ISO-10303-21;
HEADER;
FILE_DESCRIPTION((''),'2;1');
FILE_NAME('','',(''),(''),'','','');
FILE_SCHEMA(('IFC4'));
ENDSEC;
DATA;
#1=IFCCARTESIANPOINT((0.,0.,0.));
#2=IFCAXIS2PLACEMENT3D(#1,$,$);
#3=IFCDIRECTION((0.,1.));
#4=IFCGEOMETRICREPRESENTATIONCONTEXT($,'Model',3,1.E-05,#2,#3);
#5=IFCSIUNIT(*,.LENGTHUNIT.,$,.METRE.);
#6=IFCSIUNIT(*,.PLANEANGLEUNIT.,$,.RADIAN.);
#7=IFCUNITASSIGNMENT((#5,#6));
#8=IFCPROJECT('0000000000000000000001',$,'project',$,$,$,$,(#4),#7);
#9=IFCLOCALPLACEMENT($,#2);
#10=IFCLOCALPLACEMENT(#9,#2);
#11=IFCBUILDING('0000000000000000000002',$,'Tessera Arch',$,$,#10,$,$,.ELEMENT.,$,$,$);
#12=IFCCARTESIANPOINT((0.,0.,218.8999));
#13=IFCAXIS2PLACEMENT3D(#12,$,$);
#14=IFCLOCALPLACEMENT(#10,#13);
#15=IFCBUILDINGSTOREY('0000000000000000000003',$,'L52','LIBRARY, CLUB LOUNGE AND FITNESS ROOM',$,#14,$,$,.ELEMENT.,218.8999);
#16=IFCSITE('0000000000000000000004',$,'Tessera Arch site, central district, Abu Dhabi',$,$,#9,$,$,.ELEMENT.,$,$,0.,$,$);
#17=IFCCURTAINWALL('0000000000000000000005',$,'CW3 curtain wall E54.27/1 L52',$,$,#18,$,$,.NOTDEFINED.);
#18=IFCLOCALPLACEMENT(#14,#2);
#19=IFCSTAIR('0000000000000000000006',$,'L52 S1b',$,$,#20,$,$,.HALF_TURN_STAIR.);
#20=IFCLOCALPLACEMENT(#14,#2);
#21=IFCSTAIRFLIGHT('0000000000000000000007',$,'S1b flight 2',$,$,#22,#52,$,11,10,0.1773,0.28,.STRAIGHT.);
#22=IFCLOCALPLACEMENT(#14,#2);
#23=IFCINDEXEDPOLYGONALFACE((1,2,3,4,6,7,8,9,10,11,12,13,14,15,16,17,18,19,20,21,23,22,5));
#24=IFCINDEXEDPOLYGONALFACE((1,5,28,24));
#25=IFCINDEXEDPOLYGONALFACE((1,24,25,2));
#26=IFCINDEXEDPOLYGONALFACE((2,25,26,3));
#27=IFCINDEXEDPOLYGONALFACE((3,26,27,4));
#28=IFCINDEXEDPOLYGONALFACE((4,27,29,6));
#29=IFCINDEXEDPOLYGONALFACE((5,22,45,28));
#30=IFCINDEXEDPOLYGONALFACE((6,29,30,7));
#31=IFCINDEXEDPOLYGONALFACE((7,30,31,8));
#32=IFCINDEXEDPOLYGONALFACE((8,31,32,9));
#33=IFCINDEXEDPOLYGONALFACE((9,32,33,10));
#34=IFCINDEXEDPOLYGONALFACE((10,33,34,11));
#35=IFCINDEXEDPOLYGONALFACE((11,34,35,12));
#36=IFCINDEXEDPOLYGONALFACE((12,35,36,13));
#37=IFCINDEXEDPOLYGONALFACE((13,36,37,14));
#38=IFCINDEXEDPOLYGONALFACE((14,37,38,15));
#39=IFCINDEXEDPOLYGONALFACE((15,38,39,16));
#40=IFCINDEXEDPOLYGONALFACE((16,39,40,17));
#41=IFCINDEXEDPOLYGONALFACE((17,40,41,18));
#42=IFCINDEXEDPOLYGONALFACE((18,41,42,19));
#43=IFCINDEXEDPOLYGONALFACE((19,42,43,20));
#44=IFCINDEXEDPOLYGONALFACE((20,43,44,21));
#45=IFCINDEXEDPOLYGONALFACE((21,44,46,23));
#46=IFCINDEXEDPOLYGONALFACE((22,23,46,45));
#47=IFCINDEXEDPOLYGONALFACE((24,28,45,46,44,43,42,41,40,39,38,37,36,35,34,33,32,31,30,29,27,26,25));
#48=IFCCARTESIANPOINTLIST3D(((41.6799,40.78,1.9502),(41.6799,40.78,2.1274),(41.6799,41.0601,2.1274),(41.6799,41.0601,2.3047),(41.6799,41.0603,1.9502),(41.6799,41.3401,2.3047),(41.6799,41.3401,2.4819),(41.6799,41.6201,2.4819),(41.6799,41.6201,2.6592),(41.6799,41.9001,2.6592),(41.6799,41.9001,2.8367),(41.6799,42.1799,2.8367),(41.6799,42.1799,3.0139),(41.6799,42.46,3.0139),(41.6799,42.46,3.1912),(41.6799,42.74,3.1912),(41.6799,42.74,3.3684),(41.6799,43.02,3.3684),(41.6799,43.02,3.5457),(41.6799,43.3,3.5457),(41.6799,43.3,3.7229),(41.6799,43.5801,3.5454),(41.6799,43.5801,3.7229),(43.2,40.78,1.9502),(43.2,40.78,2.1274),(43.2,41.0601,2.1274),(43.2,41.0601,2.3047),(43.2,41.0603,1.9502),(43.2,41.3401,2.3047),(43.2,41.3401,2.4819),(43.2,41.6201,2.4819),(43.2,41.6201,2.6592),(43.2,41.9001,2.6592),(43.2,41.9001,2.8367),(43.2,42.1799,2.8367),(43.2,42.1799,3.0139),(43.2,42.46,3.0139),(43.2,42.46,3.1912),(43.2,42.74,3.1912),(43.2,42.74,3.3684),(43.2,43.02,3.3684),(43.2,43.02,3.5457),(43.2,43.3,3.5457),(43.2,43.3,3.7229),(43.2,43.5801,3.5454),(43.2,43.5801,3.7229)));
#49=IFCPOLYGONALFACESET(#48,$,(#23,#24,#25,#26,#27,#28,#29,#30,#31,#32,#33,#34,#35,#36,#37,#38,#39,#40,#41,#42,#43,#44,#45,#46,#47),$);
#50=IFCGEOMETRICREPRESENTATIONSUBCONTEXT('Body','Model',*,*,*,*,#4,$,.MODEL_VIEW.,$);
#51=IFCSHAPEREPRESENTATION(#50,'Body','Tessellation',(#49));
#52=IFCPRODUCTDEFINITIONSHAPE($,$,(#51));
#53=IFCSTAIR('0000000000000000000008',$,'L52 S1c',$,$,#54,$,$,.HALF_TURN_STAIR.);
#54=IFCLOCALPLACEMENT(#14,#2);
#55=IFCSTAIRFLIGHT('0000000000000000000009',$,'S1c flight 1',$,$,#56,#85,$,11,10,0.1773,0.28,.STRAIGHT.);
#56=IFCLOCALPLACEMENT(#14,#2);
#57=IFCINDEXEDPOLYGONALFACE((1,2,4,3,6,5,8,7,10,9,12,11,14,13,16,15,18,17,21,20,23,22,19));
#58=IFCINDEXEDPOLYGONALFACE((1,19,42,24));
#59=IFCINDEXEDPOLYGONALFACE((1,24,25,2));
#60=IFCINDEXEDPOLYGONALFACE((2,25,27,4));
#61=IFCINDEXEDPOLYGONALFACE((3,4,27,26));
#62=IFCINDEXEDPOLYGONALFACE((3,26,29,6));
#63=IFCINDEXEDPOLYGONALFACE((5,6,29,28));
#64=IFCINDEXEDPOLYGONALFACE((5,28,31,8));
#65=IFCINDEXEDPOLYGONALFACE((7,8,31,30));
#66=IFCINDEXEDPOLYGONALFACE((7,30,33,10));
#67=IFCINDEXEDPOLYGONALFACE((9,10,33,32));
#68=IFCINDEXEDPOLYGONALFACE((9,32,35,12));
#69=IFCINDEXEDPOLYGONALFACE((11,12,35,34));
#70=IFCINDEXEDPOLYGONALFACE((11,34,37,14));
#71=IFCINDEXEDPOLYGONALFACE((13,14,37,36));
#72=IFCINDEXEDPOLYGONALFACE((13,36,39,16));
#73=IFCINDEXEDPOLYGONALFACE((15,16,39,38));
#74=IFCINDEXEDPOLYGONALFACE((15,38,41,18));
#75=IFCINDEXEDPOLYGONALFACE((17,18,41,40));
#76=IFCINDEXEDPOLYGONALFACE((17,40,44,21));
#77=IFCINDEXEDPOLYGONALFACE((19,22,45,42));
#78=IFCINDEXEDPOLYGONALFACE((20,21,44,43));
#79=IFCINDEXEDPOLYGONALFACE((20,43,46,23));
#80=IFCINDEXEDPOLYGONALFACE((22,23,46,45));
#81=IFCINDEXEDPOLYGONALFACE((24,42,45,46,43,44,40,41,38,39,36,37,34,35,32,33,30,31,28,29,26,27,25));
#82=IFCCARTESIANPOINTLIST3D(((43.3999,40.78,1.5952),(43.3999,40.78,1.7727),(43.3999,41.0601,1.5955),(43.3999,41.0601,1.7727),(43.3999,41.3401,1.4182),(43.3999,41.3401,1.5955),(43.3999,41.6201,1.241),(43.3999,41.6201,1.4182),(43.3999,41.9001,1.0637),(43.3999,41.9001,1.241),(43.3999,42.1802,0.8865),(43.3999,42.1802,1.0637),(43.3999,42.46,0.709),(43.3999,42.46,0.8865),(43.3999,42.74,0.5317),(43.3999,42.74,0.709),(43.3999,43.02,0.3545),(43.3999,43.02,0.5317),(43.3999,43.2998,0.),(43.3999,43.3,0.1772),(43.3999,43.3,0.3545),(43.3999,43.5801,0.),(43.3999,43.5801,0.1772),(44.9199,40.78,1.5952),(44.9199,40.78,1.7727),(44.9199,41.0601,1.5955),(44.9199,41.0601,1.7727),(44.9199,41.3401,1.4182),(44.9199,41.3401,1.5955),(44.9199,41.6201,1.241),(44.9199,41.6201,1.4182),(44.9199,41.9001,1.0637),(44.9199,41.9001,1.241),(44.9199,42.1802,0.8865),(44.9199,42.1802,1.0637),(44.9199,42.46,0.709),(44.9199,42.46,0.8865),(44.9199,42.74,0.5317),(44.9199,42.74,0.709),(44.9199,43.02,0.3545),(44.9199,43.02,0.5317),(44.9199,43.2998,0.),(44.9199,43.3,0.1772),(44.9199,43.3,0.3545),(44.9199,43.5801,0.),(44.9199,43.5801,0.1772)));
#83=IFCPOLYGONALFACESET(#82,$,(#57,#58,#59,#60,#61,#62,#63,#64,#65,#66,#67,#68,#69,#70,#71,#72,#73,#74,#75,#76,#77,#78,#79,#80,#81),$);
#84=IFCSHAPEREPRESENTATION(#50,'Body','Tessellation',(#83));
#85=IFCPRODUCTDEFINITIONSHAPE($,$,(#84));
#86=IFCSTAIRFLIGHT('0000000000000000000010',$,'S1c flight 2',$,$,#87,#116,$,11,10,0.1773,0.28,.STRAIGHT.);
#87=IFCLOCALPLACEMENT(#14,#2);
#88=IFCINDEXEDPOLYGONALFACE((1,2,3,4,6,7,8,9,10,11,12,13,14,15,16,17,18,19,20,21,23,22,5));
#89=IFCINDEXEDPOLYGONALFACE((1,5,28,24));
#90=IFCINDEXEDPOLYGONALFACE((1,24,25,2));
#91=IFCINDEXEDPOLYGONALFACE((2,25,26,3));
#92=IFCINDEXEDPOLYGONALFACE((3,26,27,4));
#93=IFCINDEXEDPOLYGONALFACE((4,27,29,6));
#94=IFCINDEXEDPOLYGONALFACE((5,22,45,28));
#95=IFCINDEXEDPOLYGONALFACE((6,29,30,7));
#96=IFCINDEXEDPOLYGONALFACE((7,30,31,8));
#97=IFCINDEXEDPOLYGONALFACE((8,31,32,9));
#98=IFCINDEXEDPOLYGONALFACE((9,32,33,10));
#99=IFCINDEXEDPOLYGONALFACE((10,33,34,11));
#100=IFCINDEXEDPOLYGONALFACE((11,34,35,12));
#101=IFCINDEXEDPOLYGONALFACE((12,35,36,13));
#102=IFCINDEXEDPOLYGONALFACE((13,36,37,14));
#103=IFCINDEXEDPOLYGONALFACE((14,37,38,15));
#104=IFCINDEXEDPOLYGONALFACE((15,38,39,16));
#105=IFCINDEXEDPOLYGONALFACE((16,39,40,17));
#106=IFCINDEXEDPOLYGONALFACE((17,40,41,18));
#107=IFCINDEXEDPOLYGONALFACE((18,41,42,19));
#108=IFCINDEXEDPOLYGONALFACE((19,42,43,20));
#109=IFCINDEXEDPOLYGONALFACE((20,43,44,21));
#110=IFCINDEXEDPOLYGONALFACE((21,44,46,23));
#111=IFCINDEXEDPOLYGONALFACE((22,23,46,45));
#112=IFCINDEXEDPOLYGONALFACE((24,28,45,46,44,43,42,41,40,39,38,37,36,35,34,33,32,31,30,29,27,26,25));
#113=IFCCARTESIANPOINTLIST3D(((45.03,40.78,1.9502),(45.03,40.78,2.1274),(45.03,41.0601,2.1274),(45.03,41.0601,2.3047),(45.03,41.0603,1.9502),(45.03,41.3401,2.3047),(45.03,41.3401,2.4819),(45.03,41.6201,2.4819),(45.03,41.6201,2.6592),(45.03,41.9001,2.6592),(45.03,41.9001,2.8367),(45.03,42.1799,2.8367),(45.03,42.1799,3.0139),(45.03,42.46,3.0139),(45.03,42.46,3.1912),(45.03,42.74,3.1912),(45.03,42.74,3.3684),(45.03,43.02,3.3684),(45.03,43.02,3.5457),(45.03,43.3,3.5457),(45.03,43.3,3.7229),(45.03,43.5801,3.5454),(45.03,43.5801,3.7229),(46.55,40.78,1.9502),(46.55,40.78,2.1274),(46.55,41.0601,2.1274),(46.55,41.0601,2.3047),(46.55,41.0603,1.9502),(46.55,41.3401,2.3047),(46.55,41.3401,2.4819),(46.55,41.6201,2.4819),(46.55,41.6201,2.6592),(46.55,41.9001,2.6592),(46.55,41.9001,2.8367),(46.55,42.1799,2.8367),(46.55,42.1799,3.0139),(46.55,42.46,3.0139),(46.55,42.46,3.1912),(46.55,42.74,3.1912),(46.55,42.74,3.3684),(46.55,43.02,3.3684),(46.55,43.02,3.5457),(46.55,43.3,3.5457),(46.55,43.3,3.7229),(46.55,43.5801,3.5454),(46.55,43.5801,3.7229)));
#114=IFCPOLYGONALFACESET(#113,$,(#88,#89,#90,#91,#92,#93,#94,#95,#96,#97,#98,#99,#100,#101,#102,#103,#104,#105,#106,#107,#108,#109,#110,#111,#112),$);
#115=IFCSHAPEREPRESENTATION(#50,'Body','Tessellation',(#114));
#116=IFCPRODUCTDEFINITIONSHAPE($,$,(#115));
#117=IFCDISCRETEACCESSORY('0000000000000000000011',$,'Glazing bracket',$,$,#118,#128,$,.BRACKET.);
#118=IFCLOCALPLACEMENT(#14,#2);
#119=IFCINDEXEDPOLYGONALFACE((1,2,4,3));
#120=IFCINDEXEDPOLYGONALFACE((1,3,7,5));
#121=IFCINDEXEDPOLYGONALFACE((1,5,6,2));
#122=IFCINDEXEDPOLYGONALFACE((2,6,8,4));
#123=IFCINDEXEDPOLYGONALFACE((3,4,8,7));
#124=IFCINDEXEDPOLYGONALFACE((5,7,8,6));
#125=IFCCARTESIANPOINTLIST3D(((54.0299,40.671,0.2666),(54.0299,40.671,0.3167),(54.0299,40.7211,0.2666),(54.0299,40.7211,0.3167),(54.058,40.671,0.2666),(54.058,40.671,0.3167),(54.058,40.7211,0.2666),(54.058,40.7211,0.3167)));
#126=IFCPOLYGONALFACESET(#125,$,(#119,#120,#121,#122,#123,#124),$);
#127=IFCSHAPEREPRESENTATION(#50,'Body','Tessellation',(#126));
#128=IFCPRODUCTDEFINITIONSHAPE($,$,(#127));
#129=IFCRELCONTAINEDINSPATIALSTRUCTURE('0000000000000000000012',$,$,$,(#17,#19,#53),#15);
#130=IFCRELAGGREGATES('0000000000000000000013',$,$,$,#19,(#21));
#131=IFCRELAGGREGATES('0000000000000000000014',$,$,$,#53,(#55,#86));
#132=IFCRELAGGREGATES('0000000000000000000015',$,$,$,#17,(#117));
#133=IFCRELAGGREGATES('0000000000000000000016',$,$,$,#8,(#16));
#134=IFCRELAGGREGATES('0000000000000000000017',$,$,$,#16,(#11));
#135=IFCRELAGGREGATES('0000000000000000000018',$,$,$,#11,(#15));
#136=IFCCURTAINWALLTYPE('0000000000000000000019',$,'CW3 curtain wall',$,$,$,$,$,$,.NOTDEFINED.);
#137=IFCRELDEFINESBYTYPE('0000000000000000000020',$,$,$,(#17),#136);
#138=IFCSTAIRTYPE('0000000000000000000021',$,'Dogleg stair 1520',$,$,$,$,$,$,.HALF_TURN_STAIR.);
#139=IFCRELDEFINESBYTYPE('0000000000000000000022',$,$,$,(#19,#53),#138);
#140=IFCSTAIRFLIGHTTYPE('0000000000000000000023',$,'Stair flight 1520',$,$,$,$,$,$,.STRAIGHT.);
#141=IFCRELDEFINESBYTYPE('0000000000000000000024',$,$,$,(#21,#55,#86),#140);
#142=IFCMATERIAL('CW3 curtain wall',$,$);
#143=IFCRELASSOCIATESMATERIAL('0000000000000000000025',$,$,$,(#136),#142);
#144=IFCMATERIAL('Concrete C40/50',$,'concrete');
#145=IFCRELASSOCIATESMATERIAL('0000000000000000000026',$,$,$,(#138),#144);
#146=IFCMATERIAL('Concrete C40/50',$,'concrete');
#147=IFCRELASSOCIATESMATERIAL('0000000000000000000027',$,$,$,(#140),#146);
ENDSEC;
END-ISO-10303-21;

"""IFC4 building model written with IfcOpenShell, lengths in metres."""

from ifc_helpers import new_model, si_unit, direction, frame, origin, origin_2d, place, context, subcontext, project, spatial, polyline, rectangle, outline, extrude, material, type_object, element, aggregate, save


model = new_model("IFC4")

# Units and contexts
model_context = context("Model", 3, precision=1e-05, world=origin(), true_north=direction((0.0, 1.0)))
body_context = subcontext(model_context, "Body", "Model", "MODEL_VIEW")
ifc_project = project(units=[si_unit("LENGTHUNIT", "METRE"), si_unit("PLANEANGLEUNIT", "RADIAN")], contexts=[model_context])

# Site, building, storey
site_placement = place(None, origin())
site = spatial("IfcSite", under=ifc_project, at=site_placement, Name="Tessera Arch site, central district, Abu Dhabi", CompositionType="ELEMENT", RefElevation=0.0)
building_placement = place(site_placement, origin())
building = spatial("IfcBuilding", under=site, at=building_placement, Name="Tessera Arch", CompositionType="ELEMENT")
storey_placement = place(building_placement, frame((0.0, 0.0, 218.8999)))
storey = spatial("IfcBuildingStorey", under=building, at=storey_placement, Name="L52", Description="LIBRARY, CLUB LOUNGE AND FITNESS ROOM", CompositionType="ELEMENT", Elevation=218.8999)

# Shared definitions
ifc_material_1 = material(Name="CW3 curtain wall")
curtain_wall_type_1 = type_object("IfcCurtainWallType", Name="CW3 curtain wall", PredefinedType="NOTDEFINED", material=ifc_material_1)

# Curtain wall
curtain_wall_1_placement = place(storey_placement, origin())
curtain_wall_1 = element("IfcCurtainWall", 1, at=curtain_wall_1_placement, inside=storey, type_object=curtain_wall_type_1, Name="CW3 curtain wall E54.27/1 L52", PredefinedType="NOTDEFINED")

# Stair, stair flight
ifc_material_2 = material(Name="Concrete C40/50", Category="concrete")
stair_type = type_object("IfcStairType", Name="Dogleg stair 1520", PredefinedType="HALF_TURN_STAIR", material=ifc_material_2)
stair_1_placement = place(storey_placement, origin())
stair_1 = element("IfcStair", 2, at=stair_1_placement, inside=storey, type_object=stair_type, Name="L52 S1b", PredefinedType="HALF_TURN_STAIR")
ifc_material_3 = material(Name="Concrete C40/50", Category="concrete")
stair_flight_type = type_object("IfcStairFlightType", Name="Stair flight 1520", PredefinedType="STRAIGHT", material=ifc_material_3)
stair_flight_1_placement = place(storey_placement, frame((42.4399, 40.78, 1.9502), z_axis=(0.0, 0.0, 1.0), x_axis=(0.0, 1.0, 0.0)))
stair_flight_1 = element("IfcStairFlight", 3, at=stair_flight_1_placement, type_object=stair_flight_type, Name="S1b flight 2", NumberOfRisers=11, NumberOfTreads=10, PredefinedType="STRAIGHT", RiserHeight=0.1773, TreadLength=0.28, context=body_context, shape_type="SweptSolid", body=[
    extrude(outline(polyline([(0.0, 0.0), (0.0, 0.1772), (0.28, 0.1772), (0.28, 0.3545), (0.5601, 0.3545), (0.5601, 0.5317), (0.8401, 0.5317), (0.8401, 0.709), (1.1201, 0.709), (1.1201, 0.8865), (1.3999, 0.8865), (1.3999, 1.0637), (1.6799, 1.0637), (1.6799, 1.241), (1.96, 1.241), (1.96, 1.4182), (2.24, 1.4182), (2.24, 1.5955), (2.52, 1.5955), (2.52, 1.7727), (2.8, 1.7727), (2.8, 1.95), (2.8, 1.5952), (0.2803, 0.0), (0.0, 0.0)])), frame((0.0, 0.76, 0.0), z_axis=(0.0, -1.0, 0.0), x_axis=(1.0, 0.0, 0.0)), (0.0, 0.0, 1.0), 1.52),
])
aggregate(stair_1, [stair_flight_1])

# Stair, stair flights
stair_2_placement = place(storey_placement, origin())
stair_2 = element("IfcStair", 4, at=stair_2_placement, inside=storey, type_object=stair_type, Name="L52 S1c", PredefinedType="HALF_TURN_STAIR")
stair_flight_2_placement = place(storey_placement, frame((44.1599, 43.5801, 0.0), z_axis=(0.0, 0.0, 1.0), x_axis=(0.0, -1.0, 0.0)))
stair_flight_2 = element("IfcStairFlight", 5, at=stair_flight_2_placement, type_object=stair_flight_type, Name="S1c flight 1", NumberOfRisers=11, NumberOfTreads=10, PredefinedType="STRAIGHT", RiserHeight=0.1773, TreadLength=0.28, context=body_context, shape_type="SweptSolid", body=[
    extrude(outline(polyline([(0.0, 0.0), (0.0, 0.1772), (0.28, 0.1772), (0.28, 0.3545), (0.5601, 0.3545), (0.5601, 0.5317), (0.8401, 0.5317), (0.8401, 0.709), (1.1201, 0.709), (1.1201, 0.8865), (1.3999, 0.8865), (1.3999, 1.0637), (1.6799, 1.0637), (1.6799, 1.241), (1.96, 1.241), (1.96, 1.4182), (2.24, 1.4182), (2.24, 1.5955), (2.52, 1.5955), (2.52, 1.7727), (2.8, 1.7727), (2.8, 1.95), (2.8, 1.5952), (0.2803, 0.0), (0.0, 0.0)])), frame((0.0, 0.76, 0.0), z_axis=(0.0, -1.0, 0.0), x_axis=(1.0, 0.0, 0.0)), (0.0, 0.0, 1.0), 1.52),
])
stair_flight_3_placement = place(storey_placement, frame((45.79, 40.78, 1.9502), z_axis=(0.0, 0.0, 1.0), x_axis=(0.0, 1.0, 0.0)))
stair_flight_3 = element("IfcStairFlight", 6, at=stair_flight_3_placement, type_object=stair_flight_type, Name="S1c flight 2", NumberOfRisers=11, NumberOfTreads=10, PredefinedType="STRAIGHT", RiserHeight=0.1773, TreadLength=0.28, context=body_context, shape_type="SweptSolid", body=[
    extrude(outline(polyline([(0.0, 0.0), (0.0, 0.1772), (0.28, 0.1772), (0.28, 0.3545), (0.5601, 0.3545), (0.5601, 0.5317), (0.8401, 0.5317), (0.8401, 0.709), (1.1201, 0.709), (1.1201, 0.8865), (1.3999, 0.8865), (1.3999, 1.0637), (1.6799, 1.0637), (1.6799, 1.241), (1.96, 1.241), (1.96, 1.4182), (2.24, 1.4182), (2.24, 1.5955), (2.52, 1.5955), (2.52, 1.7727), (2.8, 1.7727), (2.8, 1.95), (2.8, 1.5952), (0.2803, 0.0), (0.0, 0.0)])), frame((0.0, 0.76, 0.0), z_axis=(0.0, -1.0, 0.0), x_axis=(1.0, 0.0, 0.0)), (0.0, 0.0, 1.0), 1.52),
])
aggregate(stair_2, [stair_flight_2, stair_flight_3])

# Discrete accessory
discrete_accessory_placement = place(storey_placement, frame((54.0439, 40.696, 0.2666), z_axis=(0.0, 0.0, 1.0), x_axis=(0.0, 1.0, 0.0)))
discrete_accessory = element("IfcDiscreteAccessory", 7, at=discrete_accessory_placement, Name="Glazing bracket", PredefinedType="BRACKET", context=body_context, shape_type="SweptSolid", body=[
    extrude(rectangle(XDim=0.05, YDim=0.0281, at=origin_2d()), origin(), (0.0, 0.0, 1.0), 0.05),
])
aggregate(curtain_wall_1, [discrete_accessory])

save(model, "model.ifc")
